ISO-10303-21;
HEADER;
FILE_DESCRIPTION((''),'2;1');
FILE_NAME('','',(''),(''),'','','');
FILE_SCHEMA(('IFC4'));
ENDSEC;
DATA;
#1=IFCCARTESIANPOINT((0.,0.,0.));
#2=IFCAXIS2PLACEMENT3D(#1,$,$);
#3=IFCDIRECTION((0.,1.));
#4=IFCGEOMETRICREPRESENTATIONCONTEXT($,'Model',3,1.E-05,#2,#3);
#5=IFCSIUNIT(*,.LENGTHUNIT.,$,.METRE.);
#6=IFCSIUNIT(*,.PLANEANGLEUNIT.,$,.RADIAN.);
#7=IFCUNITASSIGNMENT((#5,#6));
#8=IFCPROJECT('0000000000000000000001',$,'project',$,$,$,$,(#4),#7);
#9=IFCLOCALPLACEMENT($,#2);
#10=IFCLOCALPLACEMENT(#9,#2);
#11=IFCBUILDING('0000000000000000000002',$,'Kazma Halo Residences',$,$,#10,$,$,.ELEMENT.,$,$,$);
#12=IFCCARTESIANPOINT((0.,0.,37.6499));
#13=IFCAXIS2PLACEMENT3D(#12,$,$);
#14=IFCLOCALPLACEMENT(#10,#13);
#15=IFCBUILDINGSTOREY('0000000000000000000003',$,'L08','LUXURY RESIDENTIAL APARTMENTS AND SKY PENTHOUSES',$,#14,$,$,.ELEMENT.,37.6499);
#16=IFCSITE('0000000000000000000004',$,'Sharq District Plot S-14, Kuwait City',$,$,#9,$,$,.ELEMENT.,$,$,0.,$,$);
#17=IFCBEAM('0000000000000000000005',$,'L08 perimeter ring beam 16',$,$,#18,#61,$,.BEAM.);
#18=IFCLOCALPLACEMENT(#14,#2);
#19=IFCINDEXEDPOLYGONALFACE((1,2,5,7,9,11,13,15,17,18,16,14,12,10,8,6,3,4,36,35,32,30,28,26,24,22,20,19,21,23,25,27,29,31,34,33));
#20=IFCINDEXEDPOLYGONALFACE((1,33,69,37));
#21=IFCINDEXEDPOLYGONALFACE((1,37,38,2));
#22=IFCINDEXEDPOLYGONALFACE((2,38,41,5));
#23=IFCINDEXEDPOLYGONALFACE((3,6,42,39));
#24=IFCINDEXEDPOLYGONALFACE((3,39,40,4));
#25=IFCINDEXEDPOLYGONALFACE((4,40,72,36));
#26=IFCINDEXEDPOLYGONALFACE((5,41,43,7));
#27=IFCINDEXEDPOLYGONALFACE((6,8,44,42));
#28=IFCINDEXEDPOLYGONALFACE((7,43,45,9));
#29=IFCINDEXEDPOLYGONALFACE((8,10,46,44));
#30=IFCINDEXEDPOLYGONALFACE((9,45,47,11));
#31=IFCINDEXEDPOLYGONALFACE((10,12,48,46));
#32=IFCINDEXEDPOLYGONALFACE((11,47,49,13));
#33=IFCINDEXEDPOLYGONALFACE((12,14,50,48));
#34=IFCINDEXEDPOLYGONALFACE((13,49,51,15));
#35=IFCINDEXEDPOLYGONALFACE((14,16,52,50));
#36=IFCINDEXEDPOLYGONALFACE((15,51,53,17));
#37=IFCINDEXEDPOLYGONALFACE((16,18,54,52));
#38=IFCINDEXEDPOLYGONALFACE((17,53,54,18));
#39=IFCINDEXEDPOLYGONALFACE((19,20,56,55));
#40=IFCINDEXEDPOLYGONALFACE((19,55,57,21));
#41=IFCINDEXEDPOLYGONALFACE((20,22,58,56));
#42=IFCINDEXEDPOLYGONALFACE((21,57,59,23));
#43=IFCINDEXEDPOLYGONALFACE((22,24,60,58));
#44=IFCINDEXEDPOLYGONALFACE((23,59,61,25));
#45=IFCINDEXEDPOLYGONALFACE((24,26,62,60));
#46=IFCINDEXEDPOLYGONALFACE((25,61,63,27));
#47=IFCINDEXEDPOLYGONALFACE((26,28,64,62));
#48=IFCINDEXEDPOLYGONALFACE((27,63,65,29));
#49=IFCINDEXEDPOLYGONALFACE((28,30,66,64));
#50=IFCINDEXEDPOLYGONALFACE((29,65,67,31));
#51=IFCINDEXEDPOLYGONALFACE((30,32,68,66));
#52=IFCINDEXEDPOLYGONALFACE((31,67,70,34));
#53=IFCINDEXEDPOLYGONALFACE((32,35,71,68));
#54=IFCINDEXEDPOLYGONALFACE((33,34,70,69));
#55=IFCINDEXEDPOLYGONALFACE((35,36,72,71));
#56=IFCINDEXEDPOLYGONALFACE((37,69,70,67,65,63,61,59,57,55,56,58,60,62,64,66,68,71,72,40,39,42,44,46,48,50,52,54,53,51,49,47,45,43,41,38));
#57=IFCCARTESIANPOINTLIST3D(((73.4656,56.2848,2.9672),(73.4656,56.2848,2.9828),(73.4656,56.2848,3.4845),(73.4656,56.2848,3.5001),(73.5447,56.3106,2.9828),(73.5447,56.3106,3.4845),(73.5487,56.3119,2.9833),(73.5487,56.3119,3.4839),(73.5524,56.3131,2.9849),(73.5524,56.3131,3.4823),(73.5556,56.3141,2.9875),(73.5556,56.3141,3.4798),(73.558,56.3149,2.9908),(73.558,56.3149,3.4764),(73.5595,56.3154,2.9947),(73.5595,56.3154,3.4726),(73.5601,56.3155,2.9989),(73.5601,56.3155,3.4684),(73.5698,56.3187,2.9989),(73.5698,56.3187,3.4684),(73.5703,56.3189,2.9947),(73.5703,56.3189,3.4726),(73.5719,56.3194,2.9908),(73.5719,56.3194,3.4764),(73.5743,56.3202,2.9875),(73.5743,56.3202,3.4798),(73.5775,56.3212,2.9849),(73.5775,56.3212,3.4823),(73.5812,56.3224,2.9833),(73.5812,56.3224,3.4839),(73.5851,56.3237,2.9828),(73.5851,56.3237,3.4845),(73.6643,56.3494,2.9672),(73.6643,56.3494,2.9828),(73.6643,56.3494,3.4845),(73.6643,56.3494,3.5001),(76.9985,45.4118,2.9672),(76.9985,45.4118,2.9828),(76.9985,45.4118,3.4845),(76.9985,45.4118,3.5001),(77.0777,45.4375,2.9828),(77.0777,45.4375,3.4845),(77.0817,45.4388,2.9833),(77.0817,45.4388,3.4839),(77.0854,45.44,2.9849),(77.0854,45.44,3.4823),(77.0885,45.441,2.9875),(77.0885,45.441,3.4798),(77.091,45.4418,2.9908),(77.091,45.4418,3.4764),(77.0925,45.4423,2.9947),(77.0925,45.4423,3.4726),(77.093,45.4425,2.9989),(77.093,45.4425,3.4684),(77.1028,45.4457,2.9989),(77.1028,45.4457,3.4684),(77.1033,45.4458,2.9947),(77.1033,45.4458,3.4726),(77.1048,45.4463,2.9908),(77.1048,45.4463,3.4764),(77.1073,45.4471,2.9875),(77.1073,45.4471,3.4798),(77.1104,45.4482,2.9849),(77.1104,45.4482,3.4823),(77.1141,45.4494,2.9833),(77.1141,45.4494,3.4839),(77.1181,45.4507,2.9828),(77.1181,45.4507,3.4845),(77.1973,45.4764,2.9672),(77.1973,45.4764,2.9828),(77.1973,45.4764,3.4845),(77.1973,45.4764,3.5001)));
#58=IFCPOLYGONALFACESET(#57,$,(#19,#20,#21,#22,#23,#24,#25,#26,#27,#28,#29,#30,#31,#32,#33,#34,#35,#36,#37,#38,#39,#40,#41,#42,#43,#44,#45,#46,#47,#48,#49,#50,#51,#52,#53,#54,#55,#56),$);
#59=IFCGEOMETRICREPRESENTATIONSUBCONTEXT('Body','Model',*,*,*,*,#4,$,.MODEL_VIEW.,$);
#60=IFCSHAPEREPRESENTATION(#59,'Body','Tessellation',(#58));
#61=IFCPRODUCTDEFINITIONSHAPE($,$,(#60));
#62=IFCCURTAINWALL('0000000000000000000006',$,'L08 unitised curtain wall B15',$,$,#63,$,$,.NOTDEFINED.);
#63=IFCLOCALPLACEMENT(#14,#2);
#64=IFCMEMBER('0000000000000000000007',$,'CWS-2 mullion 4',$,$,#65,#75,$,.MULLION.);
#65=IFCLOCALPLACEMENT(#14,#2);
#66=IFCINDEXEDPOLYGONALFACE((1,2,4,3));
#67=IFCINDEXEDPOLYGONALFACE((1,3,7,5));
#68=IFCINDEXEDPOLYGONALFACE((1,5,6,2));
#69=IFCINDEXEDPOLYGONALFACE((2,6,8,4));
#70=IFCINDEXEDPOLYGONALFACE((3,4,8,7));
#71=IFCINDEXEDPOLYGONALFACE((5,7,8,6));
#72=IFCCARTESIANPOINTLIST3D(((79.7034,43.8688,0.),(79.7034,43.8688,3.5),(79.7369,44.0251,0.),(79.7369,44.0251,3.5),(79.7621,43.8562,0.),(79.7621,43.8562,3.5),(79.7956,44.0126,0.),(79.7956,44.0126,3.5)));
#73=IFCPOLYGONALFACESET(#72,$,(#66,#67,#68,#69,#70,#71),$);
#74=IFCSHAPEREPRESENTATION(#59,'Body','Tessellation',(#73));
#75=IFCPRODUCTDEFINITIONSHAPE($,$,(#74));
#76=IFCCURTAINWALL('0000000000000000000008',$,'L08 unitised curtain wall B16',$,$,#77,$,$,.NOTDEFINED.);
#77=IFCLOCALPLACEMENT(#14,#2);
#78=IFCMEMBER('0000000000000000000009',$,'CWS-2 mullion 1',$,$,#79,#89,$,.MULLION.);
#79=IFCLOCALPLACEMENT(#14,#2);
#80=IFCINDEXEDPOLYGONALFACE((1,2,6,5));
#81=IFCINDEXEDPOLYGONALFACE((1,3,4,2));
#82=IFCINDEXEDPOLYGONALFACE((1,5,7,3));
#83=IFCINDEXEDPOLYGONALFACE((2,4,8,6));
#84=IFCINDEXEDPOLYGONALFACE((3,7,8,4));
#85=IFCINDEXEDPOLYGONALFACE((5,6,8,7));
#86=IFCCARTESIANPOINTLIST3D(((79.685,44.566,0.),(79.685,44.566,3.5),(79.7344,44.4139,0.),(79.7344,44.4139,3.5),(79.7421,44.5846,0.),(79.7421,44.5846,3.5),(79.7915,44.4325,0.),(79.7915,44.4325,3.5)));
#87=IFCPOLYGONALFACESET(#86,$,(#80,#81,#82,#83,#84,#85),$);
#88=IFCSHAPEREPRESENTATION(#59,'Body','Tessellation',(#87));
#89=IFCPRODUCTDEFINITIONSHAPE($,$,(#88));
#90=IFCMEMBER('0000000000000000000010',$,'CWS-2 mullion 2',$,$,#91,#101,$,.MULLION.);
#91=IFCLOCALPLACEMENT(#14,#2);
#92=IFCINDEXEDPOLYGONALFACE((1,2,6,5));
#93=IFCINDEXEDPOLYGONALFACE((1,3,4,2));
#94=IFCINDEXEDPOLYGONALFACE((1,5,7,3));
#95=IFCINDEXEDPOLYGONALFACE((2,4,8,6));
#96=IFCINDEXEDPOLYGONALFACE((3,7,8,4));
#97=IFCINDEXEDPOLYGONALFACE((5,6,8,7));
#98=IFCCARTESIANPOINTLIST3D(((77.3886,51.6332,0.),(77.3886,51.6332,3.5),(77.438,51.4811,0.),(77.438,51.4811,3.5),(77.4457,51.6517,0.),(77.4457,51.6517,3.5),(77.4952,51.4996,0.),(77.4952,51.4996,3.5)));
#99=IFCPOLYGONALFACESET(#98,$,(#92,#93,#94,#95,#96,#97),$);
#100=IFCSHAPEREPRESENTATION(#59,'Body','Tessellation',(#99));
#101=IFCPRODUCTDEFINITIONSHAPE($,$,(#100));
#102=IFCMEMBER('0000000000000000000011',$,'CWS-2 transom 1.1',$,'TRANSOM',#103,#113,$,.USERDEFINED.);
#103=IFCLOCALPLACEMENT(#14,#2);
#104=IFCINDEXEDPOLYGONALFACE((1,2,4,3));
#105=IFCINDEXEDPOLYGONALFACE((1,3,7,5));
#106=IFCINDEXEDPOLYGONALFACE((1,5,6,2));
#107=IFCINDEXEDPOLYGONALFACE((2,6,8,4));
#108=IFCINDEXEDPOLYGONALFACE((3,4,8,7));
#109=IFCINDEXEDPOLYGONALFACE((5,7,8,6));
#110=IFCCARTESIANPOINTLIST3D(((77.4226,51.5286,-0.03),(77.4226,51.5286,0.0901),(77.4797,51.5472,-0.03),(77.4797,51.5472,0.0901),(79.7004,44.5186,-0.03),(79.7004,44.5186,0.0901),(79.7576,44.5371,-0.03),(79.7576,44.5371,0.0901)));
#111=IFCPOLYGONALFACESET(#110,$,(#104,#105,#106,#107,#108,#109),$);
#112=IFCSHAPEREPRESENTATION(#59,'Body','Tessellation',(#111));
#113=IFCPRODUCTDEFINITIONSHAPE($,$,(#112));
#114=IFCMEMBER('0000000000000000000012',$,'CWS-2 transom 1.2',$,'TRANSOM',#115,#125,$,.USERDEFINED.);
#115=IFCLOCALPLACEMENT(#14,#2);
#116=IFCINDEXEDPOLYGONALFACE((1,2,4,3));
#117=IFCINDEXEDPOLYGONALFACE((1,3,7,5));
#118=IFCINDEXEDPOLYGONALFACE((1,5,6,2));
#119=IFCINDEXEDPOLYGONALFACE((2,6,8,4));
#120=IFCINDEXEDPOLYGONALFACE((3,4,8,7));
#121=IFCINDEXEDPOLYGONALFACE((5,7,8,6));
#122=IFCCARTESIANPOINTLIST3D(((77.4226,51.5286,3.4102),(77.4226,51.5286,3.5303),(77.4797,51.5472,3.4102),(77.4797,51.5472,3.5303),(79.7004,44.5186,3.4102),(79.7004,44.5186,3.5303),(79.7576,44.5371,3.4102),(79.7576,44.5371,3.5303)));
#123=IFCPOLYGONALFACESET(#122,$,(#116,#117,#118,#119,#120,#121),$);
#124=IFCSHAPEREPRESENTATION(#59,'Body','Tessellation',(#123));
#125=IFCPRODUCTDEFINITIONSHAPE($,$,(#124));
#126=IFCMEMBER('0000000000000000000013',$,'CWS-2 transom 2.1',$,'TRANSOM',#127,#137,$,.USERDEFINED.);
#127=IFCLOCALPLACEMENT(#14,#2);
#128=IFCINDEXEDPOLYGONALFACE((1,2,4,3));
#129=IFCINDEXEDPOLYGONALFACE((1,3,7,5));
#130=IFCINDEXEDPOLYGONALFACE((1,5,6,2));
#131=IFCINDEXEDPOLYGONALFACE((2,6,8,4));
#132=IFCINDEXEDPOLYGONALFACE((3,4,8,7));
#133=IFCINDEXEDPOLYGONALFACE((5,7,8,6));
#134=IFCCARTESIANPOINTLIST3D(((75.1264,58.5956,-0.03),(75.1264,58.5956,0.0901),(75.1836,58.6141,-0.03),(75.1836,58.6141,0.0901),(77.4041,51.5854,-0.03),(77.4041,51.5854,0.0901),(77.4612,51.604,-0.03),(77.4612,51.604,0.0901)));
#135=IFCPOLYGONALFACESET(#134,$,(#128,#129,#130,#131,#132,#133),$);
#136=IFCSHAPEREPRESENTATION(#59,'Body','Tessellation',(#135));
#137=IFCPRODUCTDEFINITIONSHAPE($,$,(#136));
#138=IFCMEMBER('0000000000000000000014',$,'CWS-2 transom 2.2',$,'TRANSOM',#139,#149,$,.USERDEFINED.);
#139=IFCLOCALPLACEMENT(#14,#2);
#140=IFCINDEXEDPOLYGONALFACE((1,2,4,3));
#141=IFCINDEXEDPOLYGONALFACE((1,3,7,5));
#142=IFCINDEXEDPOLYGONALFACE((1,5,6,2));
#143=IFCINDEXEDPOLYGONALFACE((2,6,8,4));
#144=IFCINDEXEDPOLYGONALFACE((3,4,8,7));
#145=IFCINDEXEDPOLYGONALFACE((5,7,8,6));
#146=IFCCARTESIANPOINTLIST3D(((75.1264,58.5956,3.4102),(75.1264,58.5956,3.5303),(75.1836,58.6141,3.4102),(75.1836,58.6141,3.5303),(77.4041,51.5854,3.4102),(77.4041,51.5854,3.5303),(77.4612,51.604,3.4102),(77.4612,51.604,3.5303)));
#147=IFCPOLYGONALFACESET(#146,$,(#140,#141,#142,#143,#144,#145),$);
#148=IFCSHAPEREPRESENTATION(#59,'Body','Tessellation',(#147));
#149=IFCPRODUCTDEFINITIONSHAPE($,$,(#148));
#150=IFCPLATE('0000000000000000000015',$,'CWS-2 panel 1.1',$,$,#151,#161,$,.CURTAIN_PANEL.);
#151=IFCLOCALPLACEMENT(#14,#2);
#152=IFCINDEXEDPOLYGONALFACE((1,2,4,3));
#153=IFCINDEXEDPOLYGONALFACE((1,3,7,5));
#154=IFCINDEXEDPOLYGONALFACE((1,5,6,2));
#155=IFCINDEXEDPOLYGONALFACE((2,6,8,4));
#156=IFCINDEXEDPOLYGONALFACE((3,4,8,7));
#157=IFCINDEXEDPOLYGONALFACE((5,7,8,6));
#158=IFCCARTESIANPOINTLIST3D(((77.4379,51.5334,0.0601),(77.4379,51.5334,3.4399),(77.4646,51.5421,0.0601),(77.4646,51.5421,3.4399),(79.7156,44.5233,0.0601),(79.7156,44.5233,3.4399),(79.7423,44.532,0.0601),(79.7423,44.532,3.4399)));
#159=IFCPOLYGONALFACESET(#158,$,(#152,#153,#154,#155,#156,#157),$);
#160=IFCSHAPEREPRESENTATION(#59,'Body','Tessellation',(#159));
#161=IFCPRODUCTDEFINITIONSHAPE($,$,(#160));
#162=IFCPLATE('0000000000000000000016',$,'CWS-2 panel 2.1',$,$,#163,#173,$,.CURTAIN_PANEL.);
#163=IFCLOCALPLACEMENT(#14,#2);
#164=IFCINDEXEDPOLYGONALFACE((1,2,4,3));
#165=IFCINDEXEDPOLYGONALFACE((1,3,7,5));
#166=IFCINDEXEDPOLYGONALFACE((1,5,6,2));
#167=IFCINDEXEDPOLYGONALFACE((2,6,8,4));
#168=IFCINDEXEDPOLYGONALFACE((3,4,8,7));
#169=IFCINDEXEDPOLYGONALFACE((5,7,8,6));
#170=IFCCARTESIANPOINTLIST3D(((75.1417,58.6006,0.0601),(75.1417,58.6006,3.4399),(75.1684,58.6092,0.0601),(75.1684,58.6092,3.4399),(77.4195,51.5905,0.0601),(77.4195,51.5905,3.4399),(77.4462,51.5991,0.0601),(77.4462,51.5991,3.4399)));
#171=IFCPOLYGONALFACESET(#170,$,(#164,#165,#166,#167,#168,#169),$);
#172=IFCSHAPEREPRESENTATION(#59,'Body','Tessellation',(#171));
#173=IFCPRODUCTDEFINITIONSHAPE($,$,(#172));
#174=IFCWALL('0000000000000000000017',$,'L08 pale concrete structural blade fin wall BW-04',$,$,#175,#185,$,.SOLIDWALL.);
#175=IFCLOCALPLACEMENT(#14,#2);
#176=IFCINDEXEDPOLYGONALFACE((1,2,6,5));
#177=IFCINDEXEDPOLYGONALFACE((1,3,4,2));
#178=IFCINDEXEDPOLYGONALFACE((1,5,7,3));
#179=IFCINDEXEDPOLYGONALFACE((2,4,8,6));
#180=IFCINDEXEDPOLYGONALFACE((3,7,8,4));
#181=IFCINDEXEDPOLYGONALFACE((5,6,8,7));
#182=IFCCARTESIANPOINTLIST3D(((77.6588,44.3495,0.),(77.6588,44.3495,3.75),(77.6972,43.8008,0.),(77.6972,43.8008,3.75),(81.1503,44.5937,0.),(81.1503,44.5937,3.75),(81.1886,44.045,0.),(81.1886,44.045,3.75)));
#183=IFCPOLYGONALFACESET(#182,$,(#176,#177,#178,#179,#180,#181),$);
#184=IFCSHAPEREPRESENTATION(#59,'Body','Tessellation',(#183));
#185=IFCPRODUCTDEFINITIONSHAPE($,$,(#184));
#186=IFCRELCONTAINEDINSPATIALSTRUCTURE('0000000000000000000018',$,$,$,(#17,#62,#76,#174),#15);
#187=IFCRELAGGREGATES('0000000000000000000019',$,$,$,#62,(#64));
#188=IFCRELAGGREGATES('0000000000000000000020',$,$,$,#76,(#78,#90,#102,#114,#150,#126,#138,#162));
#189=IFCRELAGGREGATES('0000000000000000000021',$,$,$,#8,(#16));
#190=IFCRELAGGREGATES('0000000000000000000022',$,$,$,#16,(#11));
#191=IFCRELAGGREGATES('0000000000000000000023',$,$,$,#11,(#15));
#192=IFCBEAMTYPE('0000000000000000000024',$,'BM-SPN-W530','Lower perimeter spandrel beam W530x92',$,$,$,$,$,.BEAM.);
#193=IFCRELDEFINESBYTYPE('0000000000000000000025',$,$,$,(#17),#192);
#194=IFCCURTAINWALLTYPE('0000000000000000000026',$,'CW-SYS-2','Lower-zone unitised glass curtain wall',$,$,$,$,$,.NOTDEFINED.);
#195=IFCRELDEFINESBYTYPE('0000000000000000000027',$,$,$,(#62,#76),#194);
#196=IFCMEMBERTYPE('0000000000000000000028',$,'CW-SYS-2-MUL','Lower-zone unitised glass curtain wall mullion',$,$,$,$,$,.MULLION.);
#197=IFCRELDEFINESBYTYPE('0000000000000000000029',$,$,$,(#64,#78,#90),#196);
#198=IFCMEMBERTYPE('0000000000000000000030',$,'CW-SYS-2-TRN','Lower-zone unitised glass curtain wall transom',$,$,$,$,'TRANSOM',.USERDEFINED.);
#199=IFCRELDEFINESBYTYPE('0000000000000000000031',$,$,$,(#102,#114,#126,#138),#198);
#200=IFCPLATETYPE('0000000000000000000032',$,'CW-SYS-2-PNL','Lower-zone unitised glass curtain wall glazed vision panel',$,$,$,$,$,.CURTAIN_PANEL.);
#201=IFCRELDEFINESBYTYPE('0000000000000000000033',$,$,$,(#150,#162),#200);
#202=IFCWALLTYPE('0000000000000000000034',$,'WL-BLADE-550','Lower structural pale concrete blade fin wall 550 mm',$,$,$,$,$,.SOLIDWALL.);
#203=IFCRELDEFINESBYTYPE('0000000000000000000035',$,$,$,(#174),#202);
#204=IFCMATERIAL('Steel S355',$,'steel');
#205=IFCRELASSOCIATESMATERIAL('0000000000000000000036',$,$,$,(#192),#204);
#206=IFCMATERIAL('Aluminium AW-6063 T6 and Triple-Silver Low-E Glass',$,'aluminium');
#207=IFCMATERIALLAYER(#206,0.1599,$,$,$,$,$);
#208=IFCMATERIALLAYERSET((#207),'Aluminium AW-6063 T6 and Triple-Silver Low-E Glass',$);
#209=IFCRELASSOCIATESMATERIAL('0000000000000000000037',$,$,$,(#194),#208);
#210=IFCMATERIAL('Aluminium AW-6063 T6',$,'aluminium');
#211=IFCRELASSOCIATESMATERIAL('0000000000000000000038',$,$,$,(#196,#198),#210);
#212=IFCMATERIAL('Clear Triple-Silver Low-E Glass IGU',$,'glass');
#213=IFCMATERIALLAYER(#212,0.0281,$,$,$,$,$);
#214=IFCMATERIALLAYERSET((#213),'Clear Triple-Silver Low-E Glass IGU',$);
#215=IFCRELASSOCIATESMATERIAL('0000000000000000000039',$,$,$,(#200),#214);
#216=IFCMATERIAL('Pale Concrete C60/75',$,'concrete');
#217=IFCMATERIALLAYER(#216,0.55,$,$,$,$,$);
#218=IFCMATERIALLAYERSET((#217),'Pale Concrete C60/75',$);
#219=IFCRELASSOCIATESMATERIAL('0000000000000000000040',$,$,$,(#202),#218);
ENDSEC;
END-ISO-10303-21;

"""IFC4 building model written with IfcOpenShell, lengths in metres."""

from ifc_helpers import new_model, si_unit, direction, frame, frame_2d, origin, origin_2d, place, context, subcontext, project, spatial, rectangle, i_section, extrude, material, layer, layer_set, material_profile, profile_set, type_object, element, aggregate, save


model = new_model("IFC4")

# Units and contexts
model_context = context("Model", 3, precision=1e-05, world=origin(), true_north=direction((0.0, 1.0)))
body_context = subcontext(model_context, "Body", "Model", "MODEL_VIEW")
ifc_project = project(units=[si_unit("LENGTHUNIT", "METRE"), si_unit("PLANEANGLEUNIT", "RADIAN")], contexts=[model_context])

# Site, building, storey
site_placement = place(None, origin())
site = spatial("IfcSite", under=ifc_project, at=site_placement, Name="Sharq District Plot S-14, Kuwait City", CompositionType="ELEMENT", RefElevation=0.0)
building_placement = place(site_placement, origin())
building = spatial("IfcBuilding", under=site, at=building_placement, Name="Kazma Halo Residences", CompositionType="ELEMENT")
storey_placement = place(building_placement, frame((0.0, 0.0, 37.6499)))
storey = spatial("IfcBuildingStorey", under=building, at=storey_placement, Name="L08", Description="LUXURY RESIDENTIAL APARTMENTS AND SKY PENTHOUSES", CompositionType="ELEMENT", Elevation=37.6499)

# Beam
ifc_material_1 = material(Name="Steel S355", Category="steel")
ifc_material_profile_1 = material_profile(ifc_material_1, i_section(OverallWidth=0.209, OverallDepth=0.533, WebThickness=0.0103, FlangeThickness=0.0156, FilletRadius=0.0161, at=origin_2d()), Name="W530x92")
ifc_profile_set_1 = profile_set([ifc_material_profile_1], Name="Steel S355")
beam_type_1 = type_object("IfcBeamType", Name="BM-SPN-W530", Description="Lower perimeter spandrel beam W530x92", PredefinedType="BEAM", material=ifc_profile_set_1)
beam_1_placement = place(storey_placement, frame((77.0979, 45.4441, 3.2336), z_axis=(-0.309024, 0.951054, 0.0), x_axis=(-0.951054, -0.309024, 0.0)))
element("IfcBeam", 1, at=beam_1_placement, inside=storey, type_object=beam_type_1, Name="L08 perimeter ring beam 16", PredefinedType="BEAM", context=body_context, shape_type="SweptSolid", body=[
    extrude(i_section(OverallWidth=0.209, OverallDepth=0.533, WebThickness=0.0103, FlangeThickness=0.0156, FilletRadius=0.0161, at=origin_2d()), origin(), (0.0, 0.0, 1.0), 11.4326),
])

# Curtain wall, member
ifc_material_2 = material(Name="Aluminium AW-6063 T6 and Triple-Silver Low-E Glass", Category="aluminium")
ifc_layer_1 = layer(ifc_material_2, 0.1599)
ifc_layer_set_1 = layer_set([ifc_layer_1], Name="Aluminium AW-6063 T6 and Triple-Silver Low-E Glass")
curtain_wall_type = type_object("IfcCurtainWallType", Name="CW-SYS-2", Description="Lower-zone unitised glass curtain wall", PredefinedType="NOTDEFINED", material=ifc_layer_set_1)
curtain_wall_1_placement = place(storey_placement, origin())
curtain_wall_1 = element("IfcCurtainWall", 2, at=curtain_wall_1_placement, inside=storey, type_object=curtain_wall_type, Name="L08 unitised curtain wall B15", PredefinedType="NOTDEFINED")
ifc_material_3 = material(Name="Aluminium AW-6063 T6", Category="aluminium")
ifc_material_profile_2 = material_profile(ifc_material_3, rectangle(XDim=0.0601, YDim=0.1599, at=origin_2d()), Name="CWM-60x160")
ifc_profile_set_2 = profile_set([ifc_material_profile_2], Name="Aluminium AW-6063 T6")
member_type_1 = type_object("IfcMemberType", Name="CW-SYS-2-MUL", Description="Lower-zone unitised glass curtain wall mullion", PredefinedType="MULLION", material=ifc_profile_set_2)
member_1_placement = place(storey_placement, frame((79.7495, 43.9407, 0.0), z_axis=(0.0, 0.0, 1.0), x_axis=(-0.977779, 0.209637, 0.0)))
member_1 = element("IfcMember", 3, at=member_1_placement, type_object=member_type_1, Name="CWS-2 mullion 4", PredefinedType="MULLION", context=body_context, shape_type="SweptSolid", body=[
    extrude(rectangle(XDim=0.0601, YDim=0.1599, at=origin_2d()), origin(), (0.0, 0.0, 1.0), 3.5),
])
aggregate(curtain_wall_1, [member_1])

# Curtain wall, members, plates
curtain_wall_2_placement = place(storey_placement, origin())
curtain_wall_2 = element("IfcCurtainWall", 4, at=curtain_wall_2_placement, inside=storey, type_object=curtain_wall_type, Name="L08 unitised curtain wall B16", PredefinedType="NOTDEFINED")
member_2_placement = place(storey_placement, frame((79.7383, 44.4993, 0.0), z_axis=(0.0, 0.0, 1.0), x_axis=(-0.951057, -0.309017, 0.0)))
member_2 = element("IfcMember", 5, at=member_2_placement, type_object=member_type_1, Name="CWS-2 mullion 1", PredefinedType="MULLION", context=body_context, shape_type="SweptSolid", body=[
    extrude(rectangle(XDim=0.0601, YDim=0.1599, at=origin_2d()), origin(), (0.0, 0.0, 1.0), 3.5),
])
member_3_placement = place(storey_placement, frame((77.4419, 51.5664, 0.0), z_axis=(0.0, 0.0, 1.0), x_axis=(-0.951057, -0.309017, 0.0)))
member_3 = element("IfcMember", 6, at=member_3_placement, type_object=member_type_1, Name="CWS-2 mullion 2", PredefinedType="MULLION", context=body_context, shape_type="SweptSolid", body=[
    extrude(rectangle(XDim=0.0601, YDim=0.1599, at=origin_2d()), origin(), (0.0, 0.0, 1.0), 3.5),
])
ifc_material_profile_3 = material_profile(ifc_material_3, rectangle(XDim=0.0601, YDim=0.1201, at=origin_2d()), Name="CWT-60x120")
ifc_profile_set_3 = profile_set([ifc_material_profile_3], Name="Aluminium AW-6063 T6")
member_type_2 = type_object("IfcMemberType", Name="CW-SYS-2-TRN", Description="Lower-zone unitised glass curtain wall transom", ElementType="TRANSOM", PredefinedType="USERDEFINED", material=ifc_profile_set_3)
member_4_placement = place(storey_placement, frame((79.729, 44.5278, 0.03), z_axis=(-0.309034, 0.951051, 0.0), x_axis=(-0.951051, -0.309034, 0.0)))
member_4 = element("IfcMember", 7, at=member_4_placement, type_object=member_type_2, Name="CWS-2 transom 1.1", ObjectType="TRANSOM", PredefinedType="USERDEFINED", context=body_context, shape_type="SweptSolid", body=[
    extrude(rectangle(XDim=0.0601, YDim=0.1201, at=origin_2d()), origin(), (0.0, 0.0, 1.0), 7.3708),
])
member_5_placement = place(storey_placement, frame((79.729, 44.5278, 3.4702), z_axis=(-0.309034, 0.951051, 0.0), x_axis=(-0.951051, -0.309034, 0.0)))
member_5 = element("IfcMember", 8, at=member_5_placement, type_object=member_type_2, Name="CWS-2 transom 1.2", ObjectType="TRANSOM", PredefinedType="USERDEFINED", context=body_context, shape_type="SweptSolid", body=[
    extrude(rectangle(XDim=0.0601, YDim=0.1201, at=origin_2d()), origin(), (0.0, 0.0, 1.0), 7.3708),
])
member_6_placement = place(storey_placement, frame((77.4326, 51.5947, 0.03), z_axis=(-0.309004, 0.951061, 0.0), x_axis=(-0.951061, -0.309004, 0.0)))
member_6 = element("IfcMember", 9, at=member_6_placement, type_object=member_type_2, Name="CWS-2 transom 2.1", ObjectType="TRANSOM", PredefinedType="USERDEFINED", context=body_context, shape_type="SweptSolid", body=[
    extrude(rectangle(XDim=0.0601, YDim=0.1201, at=origin_2d()), origin(), (0.0, 0.0, 1.0), 7.3708),
])
member_7_placement = place(storey_placement, frame((77.4326, 51.5947, 3.4702), z_axis=(-0.309004, 0.951061, 0.0), x_axis=(-0.951061, -0.309004, 0.0)))
member_7 = element("IfcMember", 10, at=member_7_placement, type_object=member_type_2, Name="CWS-2 transom 2.2", ObjectType="TRANSOM", PredefinedType="USERDEFINED", context=body_context, shape_type="SweptSolid", body=[
    extrude(rectangle(XDim=0.0601, YDim=0.1201, at=origin_2d()), origin(), (0.0, 0.0, 1.0), 7.3708),
])
ifc_material_4 = material(Name="Clear Triple-Silver Low-E Glass IGU", Category="glass")
ifc_layer_2 = layer(ifc_material_4, 0.0281)
ifc_layer_set_2 = layer_set([ifc_layer_2], Name="Clear Triple-Silver Low-E Glass IGU")
plate_type = type_object("IfcPlateType", Name="CW-SYS-2-PNL", Description="Lower-zone unitised glass curtain wall glazed vision panel", PredefinedType="CURTAIN_PANEL", material=ifc_layer_set_2)
plate_1_placement = place(storey_placement, frame((78.5901, 48.0327, 0.0601), z_axis=(0.0, 0.0, 1.0), x_axis=(-0.309017, 0.951057, 0.0)))
plate_1 = element("IfcPlate", 11, at=plate_1_placement, type_object=plate_type, Name="CWS-2 panel 1.1", PredefinedType="CURTAIN_PANEL", context=body_context, shape_type="SweptSolid", body=[
    extrude(rectangle(XDim=7.3708, YDim=0.0281, at=origin_2d()), origin(), (0.0, 0.0, 1.0), 3.3799),
])
plate_2_placement = place(storey_placement, frame((76.2939, 55.0999, 0.0601), z_axis=(0.0, 0.0, 1.0), x_axis=(-0.309017, 0.951057, 0.0)))
plate_2 = element("IfcPlate", 12, at=plate_2_placement, type_object=plate_type, Name="CWS-2 panel 2.1", PredefinedType="CURTAIN_PANEL", context=body_context, shape_type="SweptSolid", body=[
    extrude(rectangle(XDim=7.3708, YDim=0.0281, at=origin_2d()), origin(), (0.0, 0.0, 1.0), 3.3799),
])
aggregate(curtain_wall_2, [member_2, member_3, member_4, member_5, plate_1, member_6, member_7, plate_2])

# Wall
ifc_material_5 = material(Name="Pale Concrete C60/75", Category="concrete")
ifc_layer_3 = layer(ifc_material_5, 0.55)
ifc_layer_set_3 = layer_set([ifc_layer_3], Name="Pale Concrete C60/75")
wall_type_1 = type_object("IfcWallType", Name="WL-BLADE-550", Description="Lower structural pale concrete blade fin wall 550 mm", PredefinedType="SOLIDWALL", material=ifc_layer_set_3)
wall_1_placement = place(storey_placement, frame((77.678, 44.0752, 0.0), z_axis=(0.0, 0.0, 1.0), x_axis=(0.997564, 0.069755, 0.0)))
element("IfcWall", 13, at=wall_1_placement, inside=storey, type_object=wall_type_1, Name="L08 pale concrete structural blade fin wall BW-04", PredefinedType="SOLIDWALL", context=body_context, shape_type="SweptSolid", body=[
    extrude(rectangle(XDim=3.5, YDim=0.55, at=frame_2d((1.75, 0.0))), origin(), (0.0, 0.0, 1.0), 3.75),
])

save(model, "model.ifc")
